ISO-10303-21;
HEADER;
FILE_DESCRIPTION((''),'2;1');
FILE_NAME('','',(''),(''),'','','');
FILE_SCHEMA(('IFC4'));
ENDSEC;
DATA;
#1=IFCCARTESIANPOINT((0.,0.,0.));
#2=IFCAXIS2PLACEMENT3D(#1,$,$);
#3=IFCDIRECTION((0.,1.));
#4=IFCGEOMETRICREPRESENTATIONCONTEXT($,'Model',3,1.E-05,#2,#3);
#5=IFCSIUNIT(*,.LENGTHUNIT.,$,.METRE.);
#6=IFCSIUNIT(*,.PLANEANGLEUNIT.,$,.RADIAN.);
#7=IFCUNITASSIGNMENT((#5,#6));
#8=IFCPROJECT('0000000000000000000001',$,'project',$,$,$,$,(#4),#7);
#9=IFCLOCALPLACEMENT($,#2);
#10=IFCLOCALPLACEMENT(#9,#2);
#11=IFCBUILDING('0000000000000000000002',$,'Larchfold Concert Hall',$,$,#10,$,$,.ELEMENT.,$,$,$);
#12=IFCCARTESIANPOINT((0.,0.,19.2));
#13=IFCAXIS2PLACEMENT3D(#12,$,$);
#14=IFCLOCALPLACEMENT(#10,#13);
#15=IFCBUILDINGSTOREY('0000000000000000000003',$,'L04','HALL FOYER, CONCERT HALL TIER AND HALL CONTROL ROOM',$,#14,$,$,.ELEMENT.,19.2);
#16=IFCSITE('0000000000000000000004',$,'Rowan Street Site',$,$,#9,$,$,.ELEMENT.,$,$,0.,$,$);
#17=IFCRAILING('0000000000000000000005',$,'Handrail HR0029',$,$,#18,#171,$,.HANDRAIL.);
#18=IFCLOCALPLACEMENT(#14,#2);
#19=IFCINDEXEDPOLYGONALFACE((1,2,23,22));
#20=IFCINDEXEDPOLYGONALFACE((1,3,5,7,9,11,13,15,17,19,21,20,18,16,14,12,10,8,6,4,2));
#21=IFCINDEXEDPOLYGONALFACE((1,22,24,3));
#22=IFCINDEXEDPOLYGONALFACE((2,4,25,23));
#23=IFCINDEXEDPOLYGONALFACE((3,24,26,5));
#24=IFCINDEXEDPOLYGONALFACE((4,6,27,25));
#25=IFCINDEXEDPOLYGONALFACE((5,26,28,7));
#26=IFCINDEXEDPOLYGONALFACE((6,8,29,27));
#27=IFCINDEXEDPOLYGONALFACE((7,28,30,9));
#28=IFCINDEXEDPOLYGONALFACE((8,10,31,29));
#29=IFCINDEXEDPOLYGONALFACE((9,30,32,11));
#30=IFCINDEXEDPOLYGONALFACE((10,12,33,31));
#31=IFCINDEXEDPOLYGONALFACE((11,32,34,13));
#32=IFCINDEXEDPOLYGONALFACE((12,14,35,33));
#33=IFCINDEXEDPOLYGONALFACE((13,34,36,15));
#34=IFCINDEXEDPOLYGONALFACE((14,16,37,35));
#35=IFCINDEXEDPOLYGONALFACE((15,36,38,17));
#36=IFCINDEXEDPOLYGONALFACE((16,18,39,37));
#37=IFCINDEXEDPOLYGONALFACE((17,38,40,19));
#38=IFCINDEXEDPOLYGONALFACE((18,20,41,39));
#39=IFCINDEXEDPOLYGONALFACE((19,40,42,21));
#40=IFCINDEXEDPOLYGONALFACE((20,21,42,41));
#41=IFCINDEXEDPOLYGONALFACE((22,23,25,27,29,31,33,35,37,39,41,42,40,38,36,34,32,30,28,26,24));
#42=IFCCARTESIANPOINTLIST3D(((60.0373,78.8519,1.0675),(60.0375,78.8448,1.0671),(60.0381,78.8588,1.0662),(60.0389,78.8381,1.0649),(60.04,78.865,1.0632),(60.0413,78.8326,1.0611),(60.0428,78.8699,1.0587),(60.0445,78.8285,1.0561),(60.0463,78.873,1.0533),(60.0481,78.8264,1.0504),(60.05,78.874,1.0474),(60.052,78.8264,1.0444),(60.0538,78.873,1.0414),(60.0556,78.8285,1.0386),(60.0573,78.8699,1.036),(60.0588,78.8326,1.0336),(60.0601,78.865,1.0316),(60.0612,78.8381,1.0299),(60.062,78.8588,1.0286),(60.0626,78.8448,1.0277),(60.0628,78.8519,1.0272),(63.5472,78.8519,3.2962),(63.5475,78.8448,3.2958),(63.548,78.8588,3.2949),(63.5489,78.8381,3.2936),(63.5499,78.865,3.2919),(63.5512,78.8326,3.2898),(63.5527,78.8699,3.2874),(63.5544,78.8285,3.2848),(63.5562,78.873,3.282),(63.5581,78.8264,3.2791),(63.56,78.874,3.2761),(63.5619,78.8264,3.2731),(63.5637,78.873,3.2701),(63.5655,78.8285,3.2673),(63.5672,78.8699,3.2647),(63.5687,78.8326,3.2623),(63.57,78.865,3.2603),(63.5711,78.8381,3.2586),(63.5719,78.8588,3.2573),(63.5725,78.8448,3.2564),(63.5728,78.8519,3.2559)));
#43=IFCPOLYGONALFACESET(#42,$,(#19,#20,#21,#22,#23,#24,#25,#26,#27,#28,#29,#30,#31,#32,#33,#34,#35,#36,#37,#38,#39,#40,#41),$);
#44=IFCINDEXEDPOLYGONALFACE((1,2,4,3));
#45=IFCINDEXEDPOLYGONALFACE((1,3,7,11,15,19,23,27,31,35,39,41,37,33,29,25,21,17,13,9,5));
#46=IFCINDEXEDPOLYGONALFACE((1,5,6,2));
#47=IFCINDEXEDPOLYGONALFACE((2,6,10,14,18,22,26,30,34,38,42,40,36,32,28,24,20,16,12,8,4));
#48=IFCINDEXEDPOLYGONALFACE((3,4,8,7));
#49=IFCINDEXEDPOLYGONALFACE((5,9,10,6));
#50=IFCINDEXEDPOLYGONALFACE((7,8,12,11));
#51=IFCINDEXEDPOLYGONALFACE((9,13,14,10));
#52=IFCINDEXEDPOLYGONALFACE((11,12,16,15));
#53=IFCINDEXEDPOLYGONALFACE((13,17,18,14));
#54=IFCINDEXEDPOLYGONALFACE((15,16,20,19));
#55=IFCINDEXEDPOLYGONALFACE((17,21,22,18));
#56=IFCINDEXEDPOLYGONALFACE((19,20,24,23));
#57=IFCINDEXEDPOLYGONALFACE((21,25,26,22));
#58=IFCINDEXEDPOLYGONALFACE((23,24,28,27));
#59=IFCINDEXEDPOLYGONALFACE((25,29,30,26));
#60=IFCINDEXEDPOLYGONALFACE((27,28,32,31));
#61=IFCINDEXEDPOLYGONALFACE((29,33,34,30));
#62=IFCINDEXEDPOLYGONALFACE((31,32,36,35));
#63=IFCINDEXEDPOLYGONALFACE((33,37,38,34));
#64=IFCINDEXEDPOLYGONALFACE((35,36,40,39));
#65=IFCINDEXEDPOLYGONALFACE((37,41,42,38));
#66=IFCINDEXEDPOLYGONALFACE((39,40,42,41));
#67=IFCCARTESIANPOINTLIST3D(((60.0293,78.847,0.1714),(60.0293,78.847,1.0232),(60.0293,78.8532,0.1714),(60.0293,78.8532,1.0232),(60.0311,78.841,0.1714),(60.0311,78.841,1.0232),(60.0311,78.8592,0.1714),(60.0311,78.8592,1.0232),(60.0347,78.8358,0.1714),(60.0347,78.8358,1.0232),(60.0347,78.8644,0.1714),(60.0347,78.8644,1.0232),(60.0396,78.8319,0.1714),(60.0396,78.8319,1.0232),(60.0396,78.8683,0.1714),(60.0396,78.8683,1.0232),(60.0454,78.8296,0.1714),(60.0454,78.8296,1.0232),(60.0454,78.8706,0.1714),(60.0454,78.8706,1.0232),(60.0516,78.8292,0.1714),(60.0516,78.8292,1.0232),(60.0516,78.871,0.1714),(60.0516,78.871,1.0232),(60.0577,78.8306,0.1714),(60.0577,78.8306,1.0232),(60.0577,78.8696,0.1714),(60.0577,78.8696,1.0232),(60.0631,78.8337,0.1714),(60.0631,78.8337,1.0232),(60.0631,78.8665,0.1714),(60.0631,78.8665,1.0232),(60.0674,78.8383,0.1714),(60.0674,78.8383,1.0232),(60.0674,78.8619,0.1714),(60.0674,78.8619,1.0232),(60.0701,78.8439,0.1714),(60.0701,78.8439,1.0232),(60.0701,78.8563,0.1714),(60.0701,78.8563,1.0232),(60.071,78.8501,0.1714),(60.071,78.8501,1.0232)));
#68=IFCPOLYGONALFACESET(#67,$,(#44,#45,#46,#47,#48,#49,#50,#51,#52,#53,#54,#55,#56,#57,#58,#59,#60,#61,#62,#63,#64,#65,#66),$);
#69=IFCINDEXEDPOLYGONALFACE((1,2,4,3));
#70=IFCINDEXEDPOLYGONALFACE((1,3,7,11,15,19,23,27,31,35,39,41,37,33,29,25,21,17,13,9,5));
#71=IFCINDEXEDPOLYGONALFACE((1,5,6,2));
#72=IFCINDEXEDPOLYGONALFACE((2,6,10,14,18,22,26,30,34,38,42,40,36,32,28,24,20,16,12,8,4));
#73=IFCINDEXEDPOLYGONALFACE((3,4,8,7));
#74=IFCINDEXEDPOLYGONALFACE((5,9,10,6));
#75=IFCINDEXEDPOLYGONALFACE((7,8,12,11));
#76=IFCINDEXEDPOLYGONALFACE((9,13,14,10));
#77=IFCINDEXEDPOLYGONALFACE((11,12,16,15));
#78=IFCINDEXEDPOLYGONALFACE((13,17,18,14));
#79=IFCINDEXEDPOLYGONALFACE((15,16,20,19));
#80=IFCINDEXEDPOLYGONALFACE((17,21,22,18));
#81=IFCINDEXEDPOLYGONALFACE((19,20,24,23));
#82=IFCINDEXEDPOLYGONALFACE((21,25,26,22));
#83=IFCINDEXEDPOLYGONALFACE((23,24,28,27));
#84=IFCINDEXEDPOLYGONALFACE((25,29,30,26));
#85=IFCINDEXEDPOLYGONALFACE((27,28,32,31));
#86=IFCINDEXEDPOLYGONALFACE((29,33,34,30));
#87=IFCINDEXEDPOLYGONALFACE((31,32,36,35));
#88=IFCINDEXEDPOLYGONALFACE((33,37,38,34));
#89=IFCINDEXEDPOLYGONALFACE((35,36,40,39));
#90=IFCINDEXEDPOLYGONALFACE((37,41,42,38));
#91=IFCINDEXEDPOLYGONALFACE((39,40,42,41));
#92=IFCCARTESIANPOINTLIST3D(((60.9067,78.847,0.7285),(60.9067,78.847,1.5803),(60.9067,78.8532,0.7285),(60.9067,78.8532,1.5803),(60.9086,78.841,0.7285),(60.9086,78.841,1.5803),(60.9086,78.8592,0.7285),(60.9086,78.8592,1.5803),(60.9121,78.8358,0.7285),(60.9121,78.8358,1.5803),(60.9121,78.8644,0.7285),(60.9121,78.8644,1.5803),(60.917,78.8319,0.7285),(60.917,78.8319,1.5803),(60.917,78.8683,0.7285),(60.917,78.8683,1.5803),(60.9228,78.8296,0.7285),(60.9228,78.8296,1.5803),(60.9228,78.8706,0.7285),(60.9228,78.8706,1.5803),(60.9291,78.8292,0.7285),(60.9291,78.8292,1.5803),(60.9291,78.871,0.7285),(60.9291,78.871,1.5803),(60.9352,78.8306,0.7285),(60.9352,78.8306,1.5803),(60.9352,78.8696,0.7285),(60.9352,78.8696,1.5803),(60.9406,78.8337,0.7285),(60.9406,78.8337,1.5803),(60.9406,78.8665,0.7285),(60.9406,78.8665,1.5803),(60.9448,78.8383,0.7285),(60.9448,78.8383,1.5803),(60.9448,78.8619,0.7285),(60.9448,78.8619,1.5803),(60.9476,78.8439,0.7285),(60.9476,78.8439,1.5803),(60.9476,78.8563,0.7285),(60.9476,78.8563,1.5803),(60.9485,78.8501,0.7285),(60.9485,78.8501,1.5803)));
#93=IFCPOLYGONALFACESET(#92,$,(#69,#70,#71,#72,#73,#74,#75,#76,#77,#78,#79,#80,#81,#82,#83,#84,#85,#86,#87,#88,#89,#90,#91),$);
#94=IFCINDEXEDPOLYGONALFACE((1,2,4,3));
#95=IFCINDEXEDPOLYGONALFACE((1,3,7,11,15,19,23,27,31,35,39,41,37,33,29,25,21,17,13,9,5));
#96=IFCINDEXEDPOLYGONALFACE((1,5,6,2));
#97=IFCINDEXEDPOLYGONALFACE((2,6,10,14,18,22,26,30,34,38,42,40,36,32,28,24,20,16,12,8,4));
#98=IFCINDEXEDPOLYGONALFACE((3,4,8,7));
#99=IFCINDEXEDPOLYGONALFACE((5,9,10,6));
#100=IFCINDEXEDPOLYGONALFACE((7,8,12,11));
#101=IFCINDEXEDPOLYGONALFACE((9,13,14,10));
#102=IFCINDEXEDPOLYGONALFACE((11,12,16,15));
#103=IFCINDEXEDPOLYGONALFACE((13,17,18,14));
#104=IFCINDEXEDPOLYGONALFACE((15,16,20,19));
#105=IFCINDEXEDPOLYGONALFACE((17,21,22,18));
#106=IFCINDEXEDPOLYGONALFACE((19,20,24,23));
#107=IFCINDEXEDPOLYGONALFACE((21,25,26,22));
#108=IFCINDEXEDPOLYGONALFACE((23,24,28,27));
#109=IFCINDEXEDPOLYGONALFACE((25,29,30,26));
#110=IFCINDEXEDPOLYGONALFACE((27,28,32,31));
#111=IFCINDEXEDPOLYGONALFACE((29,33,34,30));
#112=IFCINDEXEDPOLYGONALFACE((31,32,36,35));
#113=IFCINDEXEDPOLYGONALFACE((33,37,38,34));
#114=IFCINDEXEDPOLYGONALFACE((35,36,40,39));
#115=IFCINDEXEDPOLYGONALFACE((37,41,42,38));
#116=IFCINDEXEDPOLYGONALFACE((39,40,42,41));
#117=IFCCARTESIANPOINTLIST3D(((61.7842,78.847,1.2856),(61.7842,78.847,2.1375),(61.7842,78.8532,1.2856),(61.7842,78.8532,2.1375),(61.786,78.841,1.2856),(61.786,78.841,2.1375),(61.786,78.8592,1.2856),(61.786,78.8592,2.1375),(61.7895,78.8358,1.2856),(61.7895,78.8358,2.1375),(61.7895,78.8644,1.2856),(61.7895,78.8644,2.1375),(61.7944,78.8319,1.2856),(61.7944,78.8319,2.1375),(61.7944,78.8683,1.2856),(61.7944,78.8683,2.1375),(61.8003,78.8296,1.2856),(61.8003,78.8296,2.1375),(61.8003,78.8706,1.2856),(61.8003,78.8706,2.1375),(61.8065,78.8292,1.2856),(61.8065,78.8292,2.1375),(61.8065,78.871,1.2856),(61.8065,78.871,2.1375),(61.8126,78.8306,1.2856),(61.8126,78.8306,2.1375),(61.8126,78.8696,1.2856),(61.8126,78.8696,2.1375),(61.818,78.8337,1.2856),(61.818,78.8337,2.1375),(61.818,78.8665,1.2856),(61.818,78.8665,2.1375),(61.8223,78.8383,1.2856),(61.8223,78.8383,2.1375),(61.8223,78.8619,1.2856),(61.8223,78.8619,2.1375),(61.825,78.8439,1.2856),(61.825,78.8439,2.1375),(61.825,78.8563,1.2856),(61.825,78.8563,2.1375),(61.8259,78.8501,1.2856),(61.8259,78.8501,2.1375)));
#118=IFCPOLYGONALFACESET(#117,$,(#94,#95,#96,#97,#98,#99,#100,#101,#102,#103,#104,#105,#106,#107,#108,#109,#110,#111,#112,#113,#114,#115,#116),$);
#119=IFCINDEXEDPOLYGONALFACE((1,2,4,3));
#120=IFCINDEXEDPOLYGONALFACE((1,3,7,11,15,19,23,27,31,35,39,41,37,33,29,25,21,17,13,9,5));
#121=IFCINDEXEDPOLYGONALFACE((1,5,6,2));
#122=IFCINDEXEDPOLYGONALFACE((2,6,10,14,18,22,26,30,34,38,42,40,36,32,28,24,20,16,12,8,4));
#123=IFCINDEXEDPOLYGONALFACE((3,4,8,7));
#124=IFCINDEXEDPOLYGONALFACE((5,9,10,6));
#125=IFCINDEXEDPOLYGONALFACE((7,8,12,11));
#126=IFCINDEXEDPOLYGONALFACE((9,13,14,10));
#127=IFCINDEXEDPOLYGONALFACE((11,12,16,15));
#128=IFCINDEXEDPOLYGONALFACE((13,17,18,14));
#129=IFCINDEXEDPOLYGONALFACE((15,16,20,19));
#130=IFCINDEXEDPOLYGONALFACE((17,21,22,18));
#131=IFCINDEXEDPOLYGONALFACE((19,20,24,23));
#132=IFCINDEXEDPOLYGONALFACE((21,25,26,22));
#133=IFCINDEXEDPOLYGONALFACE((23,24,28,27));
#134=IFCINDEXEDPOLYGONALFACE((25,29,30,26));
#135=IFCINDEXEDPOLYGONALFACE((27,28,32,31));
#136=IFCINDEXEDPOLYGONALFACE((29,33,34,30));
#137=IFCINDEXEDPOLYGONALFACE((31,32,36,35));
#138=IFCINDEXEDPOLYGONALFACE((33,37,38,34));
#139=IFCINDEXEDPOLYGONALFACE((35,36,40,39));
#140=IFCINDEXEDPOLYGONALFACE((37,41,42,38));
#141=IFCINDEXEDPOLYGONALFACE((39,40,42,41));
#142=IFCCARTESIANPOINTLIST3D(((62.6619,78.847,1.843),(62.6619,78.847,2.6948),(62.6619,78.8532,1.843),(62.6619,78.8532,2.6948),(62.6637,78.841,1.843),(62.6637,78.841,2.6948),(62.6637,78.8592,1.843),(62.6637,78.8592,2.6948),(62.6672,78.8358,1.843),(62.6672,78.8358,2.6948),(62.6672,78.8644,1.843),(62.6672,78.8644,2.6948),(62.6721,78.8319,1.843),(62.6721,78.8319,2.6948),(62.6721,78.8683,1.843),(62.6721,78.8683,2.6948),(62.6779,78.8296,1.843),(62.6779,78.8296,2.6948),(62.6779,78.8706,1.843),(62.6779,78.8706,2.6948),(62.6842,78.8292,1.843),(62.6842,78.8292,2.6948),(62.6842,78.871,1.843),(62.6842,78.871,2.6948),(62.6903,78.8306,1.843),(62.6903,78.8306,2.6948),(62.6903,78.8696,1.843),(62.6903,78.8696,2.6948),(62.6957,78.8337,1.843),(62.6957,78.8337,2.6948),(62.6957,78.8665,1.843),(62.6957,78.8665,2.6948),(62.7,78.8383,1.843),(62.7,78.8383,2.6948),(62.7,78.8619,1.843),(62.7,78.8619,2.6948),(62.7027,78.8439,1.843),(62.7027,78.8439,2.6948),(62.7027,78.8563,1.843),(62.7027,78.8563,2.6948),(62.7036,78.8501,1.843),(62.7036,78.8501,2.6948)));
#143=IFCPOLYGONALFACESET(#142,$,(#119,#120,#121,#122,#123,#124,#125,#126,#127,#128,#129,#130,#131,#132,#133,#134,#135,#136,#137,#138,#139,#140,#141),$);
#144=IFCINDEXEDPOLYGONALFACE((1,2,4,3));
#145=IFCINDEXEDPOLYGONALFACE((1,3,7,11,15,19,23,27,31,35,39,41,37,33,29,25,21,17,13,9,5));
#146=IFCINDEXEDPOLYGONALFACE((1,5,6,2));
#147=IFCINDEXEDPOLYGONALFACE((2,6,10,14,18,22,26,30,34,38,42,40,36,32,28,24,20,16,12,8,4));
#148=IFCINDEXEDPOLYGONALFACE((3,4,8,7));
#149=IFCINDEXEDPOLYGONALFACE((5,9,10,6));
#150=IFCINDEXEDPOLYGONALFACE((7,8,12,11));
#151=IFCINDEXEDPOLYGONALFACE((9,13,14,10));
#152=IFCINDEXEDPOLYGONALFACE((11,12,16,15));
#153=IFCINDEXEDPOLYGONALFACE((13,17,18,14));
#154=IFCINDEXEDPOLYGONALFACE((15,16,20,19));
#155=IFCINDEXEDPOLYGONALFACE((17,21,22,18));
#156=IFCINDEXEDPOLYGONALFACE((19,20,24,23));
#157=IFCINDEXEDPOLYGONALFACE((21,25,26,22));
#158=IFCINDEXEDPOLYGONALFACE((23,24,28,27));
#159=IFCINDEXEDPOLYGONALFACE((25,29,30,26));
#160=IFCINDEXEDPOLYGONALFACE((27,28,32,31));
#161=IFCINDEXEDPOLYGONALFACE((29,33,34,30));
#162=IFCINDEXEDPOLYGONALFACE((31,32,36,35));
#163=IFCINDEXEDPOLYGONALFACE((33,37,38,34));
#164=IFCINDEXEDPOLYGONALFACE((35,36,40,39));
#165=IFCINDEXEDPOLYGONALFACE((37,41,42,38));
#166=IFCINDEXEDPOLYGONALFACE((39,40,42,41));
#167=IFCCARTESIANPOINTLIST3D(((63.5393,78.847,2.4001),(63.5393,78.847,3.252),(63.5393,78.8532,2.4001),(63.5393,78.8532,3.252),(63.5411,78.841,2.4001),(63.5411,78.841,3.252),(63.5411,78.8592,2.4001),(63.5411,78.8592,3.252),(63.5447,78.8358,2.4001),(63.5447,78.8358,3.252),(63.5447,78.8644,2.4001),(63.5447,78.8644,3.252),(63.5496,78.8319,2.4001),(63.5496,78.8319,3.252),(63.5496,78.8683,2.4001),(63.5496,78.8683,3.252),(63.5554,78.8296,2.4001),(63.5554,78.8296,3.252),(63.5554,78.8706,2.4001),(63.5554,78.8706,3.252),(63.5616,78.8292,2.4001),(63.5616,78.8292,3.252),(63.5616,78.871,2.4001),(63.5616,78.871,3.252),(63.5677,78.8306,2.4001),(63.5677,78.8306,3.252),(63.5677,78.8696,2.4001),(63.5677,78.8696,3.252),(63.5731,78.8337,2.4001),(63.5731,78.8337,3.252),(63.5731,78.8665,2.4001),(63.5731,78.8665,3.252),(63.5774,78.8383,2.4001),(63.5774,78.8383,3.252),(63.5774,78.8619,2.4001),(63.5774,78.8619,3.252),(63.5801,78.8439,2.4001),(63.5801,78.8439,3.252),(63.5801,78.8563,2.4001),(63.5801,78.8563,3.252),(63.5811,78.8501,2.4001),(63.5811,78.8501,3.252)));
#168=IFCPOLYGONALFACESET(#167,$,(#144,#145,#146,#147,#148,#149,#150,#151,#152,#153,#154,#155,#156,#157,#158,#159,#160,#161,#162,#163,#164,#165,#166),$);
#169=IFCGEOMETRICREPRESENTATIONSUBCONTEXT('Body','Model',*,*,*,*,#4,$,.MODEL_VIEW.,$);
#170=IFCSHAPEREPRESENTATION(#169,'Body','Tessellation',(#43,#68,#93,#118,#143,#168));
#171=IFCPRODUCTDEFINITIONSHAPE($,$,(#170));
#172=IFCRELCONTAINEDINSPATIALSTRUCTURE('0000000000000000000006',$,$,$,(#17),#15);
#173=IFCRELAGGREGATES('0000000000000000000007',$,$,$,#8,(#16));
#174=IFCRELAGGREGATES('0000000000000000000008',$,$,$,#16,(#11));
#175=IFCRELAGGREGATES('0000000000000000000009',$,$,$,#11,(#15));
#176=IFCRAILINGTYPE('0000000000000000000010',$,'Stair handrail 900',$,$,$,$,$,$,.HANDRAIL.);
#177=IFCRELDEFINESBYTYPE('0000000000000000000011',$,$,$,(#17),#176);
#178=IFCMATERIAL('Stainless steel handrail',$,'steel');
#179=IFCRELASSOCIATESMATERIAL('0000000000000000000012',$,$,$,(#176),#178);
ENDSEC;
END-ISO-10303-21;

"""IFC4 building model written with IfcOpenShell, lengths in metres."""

from ifc_helpers import new_model, si_unit, direction, frame, origin, origin_2d, place, context, subcontext, project, spatial, circle, extrude, material, type_object, element, save


model = new_model("IFC4")

# Units and contexts
model_context = context("Model", 3, precision=1e-05, world=origin(), true_north=direction((0.0, 1.0)))
body_context = subcontext(model_context, "Body", "Model", "MODEL_VIEW")
ifc_project = project(units=[si_unit("LENGTHUNIT", "METRE"), si_unit("PLANEANGLEUNIT", "RADIAN")], contexts=[model_context])

# Site, building, storey
site_placement = place(None, origin())
site = spatial("IfcSite", under=ifc_project, at=site_placement, Name="Rowan Street Site", CompositionType="ELEMENT", RefElevation=0.0)
building_placement = place(site_placement, origin())
building = spatial("IfcBuilding", under=site, at=building_placement, Name="Larchfold Concert Hall", CompositionType="ELEMENT")
storey_placement = place(building_placement, frame((0.0, 0.0, 19.2)))
storey = spatial("IfcBuildingStorey", under=building, at=storey_placement, Name="L04", Description="HALL FOYER, CONCERT HALL TIER AND HALL CONTROL ROOM", CompositionType="ELEMENT", Elevation=19.2)

# Railing
ifc_material_1 = material(Name="Stainless steel handrail", Category="steel")
railing_type_1 = type_object("IfcRailingType", Name="Stair handrail 900", PredefinedType="HANDRAIL", material=ifc_material_1)
railing_1_placement = place(storey_placement, frame((60.05, 78.8501, 0.1714)))
element("IfcRailing", 1, at=railing_1_placement, inside=storey, type_object=railing_type_1, Name="Handrail HR0029", PredefinedType="HANDRAIL", context=body_context, shape_type="SweptSolid", body=[
    extrude(circle(Radius=0.0239, at=origin_2d()), frame((0.0, 0.0, 0.876), z_axis=(0.844193, 0.0, 0.536039), x_axis=(0.0, 1.0, 0.0)), (0.0, 0.0, 1.0), 4.1577),
    extrude(circle(Radius=0.021, at=origin_2d()), origin(), (0.0, 0.0, 1.0), 0.8518),
    extrude(circle(Radius=0.021, at=origin_2d()), frame((0.8774, 0.0, 0.5571)), (0.0, 0.0, 1.0), 0.8518),
    extrude(circle(Radius=0.021, at=origin_2d()), frame((1.7549, 0.0, 1.1143)), (0.0, 0.0, 1.0), 0.8518),
    extrude(circle(Radius=0.021, at=origin_2d()), frame((2.6326, 0.0, 1.6716)), (0.0, 0.0, 1.0), 0.8518),
    extrude(circle(Radius=0.021, at=origin_2d()), frame((3.51, 0.0, 2.2288)), (0.0, 0.0, 1.0), 0.8518),
])

save(model, "model.ifc")
